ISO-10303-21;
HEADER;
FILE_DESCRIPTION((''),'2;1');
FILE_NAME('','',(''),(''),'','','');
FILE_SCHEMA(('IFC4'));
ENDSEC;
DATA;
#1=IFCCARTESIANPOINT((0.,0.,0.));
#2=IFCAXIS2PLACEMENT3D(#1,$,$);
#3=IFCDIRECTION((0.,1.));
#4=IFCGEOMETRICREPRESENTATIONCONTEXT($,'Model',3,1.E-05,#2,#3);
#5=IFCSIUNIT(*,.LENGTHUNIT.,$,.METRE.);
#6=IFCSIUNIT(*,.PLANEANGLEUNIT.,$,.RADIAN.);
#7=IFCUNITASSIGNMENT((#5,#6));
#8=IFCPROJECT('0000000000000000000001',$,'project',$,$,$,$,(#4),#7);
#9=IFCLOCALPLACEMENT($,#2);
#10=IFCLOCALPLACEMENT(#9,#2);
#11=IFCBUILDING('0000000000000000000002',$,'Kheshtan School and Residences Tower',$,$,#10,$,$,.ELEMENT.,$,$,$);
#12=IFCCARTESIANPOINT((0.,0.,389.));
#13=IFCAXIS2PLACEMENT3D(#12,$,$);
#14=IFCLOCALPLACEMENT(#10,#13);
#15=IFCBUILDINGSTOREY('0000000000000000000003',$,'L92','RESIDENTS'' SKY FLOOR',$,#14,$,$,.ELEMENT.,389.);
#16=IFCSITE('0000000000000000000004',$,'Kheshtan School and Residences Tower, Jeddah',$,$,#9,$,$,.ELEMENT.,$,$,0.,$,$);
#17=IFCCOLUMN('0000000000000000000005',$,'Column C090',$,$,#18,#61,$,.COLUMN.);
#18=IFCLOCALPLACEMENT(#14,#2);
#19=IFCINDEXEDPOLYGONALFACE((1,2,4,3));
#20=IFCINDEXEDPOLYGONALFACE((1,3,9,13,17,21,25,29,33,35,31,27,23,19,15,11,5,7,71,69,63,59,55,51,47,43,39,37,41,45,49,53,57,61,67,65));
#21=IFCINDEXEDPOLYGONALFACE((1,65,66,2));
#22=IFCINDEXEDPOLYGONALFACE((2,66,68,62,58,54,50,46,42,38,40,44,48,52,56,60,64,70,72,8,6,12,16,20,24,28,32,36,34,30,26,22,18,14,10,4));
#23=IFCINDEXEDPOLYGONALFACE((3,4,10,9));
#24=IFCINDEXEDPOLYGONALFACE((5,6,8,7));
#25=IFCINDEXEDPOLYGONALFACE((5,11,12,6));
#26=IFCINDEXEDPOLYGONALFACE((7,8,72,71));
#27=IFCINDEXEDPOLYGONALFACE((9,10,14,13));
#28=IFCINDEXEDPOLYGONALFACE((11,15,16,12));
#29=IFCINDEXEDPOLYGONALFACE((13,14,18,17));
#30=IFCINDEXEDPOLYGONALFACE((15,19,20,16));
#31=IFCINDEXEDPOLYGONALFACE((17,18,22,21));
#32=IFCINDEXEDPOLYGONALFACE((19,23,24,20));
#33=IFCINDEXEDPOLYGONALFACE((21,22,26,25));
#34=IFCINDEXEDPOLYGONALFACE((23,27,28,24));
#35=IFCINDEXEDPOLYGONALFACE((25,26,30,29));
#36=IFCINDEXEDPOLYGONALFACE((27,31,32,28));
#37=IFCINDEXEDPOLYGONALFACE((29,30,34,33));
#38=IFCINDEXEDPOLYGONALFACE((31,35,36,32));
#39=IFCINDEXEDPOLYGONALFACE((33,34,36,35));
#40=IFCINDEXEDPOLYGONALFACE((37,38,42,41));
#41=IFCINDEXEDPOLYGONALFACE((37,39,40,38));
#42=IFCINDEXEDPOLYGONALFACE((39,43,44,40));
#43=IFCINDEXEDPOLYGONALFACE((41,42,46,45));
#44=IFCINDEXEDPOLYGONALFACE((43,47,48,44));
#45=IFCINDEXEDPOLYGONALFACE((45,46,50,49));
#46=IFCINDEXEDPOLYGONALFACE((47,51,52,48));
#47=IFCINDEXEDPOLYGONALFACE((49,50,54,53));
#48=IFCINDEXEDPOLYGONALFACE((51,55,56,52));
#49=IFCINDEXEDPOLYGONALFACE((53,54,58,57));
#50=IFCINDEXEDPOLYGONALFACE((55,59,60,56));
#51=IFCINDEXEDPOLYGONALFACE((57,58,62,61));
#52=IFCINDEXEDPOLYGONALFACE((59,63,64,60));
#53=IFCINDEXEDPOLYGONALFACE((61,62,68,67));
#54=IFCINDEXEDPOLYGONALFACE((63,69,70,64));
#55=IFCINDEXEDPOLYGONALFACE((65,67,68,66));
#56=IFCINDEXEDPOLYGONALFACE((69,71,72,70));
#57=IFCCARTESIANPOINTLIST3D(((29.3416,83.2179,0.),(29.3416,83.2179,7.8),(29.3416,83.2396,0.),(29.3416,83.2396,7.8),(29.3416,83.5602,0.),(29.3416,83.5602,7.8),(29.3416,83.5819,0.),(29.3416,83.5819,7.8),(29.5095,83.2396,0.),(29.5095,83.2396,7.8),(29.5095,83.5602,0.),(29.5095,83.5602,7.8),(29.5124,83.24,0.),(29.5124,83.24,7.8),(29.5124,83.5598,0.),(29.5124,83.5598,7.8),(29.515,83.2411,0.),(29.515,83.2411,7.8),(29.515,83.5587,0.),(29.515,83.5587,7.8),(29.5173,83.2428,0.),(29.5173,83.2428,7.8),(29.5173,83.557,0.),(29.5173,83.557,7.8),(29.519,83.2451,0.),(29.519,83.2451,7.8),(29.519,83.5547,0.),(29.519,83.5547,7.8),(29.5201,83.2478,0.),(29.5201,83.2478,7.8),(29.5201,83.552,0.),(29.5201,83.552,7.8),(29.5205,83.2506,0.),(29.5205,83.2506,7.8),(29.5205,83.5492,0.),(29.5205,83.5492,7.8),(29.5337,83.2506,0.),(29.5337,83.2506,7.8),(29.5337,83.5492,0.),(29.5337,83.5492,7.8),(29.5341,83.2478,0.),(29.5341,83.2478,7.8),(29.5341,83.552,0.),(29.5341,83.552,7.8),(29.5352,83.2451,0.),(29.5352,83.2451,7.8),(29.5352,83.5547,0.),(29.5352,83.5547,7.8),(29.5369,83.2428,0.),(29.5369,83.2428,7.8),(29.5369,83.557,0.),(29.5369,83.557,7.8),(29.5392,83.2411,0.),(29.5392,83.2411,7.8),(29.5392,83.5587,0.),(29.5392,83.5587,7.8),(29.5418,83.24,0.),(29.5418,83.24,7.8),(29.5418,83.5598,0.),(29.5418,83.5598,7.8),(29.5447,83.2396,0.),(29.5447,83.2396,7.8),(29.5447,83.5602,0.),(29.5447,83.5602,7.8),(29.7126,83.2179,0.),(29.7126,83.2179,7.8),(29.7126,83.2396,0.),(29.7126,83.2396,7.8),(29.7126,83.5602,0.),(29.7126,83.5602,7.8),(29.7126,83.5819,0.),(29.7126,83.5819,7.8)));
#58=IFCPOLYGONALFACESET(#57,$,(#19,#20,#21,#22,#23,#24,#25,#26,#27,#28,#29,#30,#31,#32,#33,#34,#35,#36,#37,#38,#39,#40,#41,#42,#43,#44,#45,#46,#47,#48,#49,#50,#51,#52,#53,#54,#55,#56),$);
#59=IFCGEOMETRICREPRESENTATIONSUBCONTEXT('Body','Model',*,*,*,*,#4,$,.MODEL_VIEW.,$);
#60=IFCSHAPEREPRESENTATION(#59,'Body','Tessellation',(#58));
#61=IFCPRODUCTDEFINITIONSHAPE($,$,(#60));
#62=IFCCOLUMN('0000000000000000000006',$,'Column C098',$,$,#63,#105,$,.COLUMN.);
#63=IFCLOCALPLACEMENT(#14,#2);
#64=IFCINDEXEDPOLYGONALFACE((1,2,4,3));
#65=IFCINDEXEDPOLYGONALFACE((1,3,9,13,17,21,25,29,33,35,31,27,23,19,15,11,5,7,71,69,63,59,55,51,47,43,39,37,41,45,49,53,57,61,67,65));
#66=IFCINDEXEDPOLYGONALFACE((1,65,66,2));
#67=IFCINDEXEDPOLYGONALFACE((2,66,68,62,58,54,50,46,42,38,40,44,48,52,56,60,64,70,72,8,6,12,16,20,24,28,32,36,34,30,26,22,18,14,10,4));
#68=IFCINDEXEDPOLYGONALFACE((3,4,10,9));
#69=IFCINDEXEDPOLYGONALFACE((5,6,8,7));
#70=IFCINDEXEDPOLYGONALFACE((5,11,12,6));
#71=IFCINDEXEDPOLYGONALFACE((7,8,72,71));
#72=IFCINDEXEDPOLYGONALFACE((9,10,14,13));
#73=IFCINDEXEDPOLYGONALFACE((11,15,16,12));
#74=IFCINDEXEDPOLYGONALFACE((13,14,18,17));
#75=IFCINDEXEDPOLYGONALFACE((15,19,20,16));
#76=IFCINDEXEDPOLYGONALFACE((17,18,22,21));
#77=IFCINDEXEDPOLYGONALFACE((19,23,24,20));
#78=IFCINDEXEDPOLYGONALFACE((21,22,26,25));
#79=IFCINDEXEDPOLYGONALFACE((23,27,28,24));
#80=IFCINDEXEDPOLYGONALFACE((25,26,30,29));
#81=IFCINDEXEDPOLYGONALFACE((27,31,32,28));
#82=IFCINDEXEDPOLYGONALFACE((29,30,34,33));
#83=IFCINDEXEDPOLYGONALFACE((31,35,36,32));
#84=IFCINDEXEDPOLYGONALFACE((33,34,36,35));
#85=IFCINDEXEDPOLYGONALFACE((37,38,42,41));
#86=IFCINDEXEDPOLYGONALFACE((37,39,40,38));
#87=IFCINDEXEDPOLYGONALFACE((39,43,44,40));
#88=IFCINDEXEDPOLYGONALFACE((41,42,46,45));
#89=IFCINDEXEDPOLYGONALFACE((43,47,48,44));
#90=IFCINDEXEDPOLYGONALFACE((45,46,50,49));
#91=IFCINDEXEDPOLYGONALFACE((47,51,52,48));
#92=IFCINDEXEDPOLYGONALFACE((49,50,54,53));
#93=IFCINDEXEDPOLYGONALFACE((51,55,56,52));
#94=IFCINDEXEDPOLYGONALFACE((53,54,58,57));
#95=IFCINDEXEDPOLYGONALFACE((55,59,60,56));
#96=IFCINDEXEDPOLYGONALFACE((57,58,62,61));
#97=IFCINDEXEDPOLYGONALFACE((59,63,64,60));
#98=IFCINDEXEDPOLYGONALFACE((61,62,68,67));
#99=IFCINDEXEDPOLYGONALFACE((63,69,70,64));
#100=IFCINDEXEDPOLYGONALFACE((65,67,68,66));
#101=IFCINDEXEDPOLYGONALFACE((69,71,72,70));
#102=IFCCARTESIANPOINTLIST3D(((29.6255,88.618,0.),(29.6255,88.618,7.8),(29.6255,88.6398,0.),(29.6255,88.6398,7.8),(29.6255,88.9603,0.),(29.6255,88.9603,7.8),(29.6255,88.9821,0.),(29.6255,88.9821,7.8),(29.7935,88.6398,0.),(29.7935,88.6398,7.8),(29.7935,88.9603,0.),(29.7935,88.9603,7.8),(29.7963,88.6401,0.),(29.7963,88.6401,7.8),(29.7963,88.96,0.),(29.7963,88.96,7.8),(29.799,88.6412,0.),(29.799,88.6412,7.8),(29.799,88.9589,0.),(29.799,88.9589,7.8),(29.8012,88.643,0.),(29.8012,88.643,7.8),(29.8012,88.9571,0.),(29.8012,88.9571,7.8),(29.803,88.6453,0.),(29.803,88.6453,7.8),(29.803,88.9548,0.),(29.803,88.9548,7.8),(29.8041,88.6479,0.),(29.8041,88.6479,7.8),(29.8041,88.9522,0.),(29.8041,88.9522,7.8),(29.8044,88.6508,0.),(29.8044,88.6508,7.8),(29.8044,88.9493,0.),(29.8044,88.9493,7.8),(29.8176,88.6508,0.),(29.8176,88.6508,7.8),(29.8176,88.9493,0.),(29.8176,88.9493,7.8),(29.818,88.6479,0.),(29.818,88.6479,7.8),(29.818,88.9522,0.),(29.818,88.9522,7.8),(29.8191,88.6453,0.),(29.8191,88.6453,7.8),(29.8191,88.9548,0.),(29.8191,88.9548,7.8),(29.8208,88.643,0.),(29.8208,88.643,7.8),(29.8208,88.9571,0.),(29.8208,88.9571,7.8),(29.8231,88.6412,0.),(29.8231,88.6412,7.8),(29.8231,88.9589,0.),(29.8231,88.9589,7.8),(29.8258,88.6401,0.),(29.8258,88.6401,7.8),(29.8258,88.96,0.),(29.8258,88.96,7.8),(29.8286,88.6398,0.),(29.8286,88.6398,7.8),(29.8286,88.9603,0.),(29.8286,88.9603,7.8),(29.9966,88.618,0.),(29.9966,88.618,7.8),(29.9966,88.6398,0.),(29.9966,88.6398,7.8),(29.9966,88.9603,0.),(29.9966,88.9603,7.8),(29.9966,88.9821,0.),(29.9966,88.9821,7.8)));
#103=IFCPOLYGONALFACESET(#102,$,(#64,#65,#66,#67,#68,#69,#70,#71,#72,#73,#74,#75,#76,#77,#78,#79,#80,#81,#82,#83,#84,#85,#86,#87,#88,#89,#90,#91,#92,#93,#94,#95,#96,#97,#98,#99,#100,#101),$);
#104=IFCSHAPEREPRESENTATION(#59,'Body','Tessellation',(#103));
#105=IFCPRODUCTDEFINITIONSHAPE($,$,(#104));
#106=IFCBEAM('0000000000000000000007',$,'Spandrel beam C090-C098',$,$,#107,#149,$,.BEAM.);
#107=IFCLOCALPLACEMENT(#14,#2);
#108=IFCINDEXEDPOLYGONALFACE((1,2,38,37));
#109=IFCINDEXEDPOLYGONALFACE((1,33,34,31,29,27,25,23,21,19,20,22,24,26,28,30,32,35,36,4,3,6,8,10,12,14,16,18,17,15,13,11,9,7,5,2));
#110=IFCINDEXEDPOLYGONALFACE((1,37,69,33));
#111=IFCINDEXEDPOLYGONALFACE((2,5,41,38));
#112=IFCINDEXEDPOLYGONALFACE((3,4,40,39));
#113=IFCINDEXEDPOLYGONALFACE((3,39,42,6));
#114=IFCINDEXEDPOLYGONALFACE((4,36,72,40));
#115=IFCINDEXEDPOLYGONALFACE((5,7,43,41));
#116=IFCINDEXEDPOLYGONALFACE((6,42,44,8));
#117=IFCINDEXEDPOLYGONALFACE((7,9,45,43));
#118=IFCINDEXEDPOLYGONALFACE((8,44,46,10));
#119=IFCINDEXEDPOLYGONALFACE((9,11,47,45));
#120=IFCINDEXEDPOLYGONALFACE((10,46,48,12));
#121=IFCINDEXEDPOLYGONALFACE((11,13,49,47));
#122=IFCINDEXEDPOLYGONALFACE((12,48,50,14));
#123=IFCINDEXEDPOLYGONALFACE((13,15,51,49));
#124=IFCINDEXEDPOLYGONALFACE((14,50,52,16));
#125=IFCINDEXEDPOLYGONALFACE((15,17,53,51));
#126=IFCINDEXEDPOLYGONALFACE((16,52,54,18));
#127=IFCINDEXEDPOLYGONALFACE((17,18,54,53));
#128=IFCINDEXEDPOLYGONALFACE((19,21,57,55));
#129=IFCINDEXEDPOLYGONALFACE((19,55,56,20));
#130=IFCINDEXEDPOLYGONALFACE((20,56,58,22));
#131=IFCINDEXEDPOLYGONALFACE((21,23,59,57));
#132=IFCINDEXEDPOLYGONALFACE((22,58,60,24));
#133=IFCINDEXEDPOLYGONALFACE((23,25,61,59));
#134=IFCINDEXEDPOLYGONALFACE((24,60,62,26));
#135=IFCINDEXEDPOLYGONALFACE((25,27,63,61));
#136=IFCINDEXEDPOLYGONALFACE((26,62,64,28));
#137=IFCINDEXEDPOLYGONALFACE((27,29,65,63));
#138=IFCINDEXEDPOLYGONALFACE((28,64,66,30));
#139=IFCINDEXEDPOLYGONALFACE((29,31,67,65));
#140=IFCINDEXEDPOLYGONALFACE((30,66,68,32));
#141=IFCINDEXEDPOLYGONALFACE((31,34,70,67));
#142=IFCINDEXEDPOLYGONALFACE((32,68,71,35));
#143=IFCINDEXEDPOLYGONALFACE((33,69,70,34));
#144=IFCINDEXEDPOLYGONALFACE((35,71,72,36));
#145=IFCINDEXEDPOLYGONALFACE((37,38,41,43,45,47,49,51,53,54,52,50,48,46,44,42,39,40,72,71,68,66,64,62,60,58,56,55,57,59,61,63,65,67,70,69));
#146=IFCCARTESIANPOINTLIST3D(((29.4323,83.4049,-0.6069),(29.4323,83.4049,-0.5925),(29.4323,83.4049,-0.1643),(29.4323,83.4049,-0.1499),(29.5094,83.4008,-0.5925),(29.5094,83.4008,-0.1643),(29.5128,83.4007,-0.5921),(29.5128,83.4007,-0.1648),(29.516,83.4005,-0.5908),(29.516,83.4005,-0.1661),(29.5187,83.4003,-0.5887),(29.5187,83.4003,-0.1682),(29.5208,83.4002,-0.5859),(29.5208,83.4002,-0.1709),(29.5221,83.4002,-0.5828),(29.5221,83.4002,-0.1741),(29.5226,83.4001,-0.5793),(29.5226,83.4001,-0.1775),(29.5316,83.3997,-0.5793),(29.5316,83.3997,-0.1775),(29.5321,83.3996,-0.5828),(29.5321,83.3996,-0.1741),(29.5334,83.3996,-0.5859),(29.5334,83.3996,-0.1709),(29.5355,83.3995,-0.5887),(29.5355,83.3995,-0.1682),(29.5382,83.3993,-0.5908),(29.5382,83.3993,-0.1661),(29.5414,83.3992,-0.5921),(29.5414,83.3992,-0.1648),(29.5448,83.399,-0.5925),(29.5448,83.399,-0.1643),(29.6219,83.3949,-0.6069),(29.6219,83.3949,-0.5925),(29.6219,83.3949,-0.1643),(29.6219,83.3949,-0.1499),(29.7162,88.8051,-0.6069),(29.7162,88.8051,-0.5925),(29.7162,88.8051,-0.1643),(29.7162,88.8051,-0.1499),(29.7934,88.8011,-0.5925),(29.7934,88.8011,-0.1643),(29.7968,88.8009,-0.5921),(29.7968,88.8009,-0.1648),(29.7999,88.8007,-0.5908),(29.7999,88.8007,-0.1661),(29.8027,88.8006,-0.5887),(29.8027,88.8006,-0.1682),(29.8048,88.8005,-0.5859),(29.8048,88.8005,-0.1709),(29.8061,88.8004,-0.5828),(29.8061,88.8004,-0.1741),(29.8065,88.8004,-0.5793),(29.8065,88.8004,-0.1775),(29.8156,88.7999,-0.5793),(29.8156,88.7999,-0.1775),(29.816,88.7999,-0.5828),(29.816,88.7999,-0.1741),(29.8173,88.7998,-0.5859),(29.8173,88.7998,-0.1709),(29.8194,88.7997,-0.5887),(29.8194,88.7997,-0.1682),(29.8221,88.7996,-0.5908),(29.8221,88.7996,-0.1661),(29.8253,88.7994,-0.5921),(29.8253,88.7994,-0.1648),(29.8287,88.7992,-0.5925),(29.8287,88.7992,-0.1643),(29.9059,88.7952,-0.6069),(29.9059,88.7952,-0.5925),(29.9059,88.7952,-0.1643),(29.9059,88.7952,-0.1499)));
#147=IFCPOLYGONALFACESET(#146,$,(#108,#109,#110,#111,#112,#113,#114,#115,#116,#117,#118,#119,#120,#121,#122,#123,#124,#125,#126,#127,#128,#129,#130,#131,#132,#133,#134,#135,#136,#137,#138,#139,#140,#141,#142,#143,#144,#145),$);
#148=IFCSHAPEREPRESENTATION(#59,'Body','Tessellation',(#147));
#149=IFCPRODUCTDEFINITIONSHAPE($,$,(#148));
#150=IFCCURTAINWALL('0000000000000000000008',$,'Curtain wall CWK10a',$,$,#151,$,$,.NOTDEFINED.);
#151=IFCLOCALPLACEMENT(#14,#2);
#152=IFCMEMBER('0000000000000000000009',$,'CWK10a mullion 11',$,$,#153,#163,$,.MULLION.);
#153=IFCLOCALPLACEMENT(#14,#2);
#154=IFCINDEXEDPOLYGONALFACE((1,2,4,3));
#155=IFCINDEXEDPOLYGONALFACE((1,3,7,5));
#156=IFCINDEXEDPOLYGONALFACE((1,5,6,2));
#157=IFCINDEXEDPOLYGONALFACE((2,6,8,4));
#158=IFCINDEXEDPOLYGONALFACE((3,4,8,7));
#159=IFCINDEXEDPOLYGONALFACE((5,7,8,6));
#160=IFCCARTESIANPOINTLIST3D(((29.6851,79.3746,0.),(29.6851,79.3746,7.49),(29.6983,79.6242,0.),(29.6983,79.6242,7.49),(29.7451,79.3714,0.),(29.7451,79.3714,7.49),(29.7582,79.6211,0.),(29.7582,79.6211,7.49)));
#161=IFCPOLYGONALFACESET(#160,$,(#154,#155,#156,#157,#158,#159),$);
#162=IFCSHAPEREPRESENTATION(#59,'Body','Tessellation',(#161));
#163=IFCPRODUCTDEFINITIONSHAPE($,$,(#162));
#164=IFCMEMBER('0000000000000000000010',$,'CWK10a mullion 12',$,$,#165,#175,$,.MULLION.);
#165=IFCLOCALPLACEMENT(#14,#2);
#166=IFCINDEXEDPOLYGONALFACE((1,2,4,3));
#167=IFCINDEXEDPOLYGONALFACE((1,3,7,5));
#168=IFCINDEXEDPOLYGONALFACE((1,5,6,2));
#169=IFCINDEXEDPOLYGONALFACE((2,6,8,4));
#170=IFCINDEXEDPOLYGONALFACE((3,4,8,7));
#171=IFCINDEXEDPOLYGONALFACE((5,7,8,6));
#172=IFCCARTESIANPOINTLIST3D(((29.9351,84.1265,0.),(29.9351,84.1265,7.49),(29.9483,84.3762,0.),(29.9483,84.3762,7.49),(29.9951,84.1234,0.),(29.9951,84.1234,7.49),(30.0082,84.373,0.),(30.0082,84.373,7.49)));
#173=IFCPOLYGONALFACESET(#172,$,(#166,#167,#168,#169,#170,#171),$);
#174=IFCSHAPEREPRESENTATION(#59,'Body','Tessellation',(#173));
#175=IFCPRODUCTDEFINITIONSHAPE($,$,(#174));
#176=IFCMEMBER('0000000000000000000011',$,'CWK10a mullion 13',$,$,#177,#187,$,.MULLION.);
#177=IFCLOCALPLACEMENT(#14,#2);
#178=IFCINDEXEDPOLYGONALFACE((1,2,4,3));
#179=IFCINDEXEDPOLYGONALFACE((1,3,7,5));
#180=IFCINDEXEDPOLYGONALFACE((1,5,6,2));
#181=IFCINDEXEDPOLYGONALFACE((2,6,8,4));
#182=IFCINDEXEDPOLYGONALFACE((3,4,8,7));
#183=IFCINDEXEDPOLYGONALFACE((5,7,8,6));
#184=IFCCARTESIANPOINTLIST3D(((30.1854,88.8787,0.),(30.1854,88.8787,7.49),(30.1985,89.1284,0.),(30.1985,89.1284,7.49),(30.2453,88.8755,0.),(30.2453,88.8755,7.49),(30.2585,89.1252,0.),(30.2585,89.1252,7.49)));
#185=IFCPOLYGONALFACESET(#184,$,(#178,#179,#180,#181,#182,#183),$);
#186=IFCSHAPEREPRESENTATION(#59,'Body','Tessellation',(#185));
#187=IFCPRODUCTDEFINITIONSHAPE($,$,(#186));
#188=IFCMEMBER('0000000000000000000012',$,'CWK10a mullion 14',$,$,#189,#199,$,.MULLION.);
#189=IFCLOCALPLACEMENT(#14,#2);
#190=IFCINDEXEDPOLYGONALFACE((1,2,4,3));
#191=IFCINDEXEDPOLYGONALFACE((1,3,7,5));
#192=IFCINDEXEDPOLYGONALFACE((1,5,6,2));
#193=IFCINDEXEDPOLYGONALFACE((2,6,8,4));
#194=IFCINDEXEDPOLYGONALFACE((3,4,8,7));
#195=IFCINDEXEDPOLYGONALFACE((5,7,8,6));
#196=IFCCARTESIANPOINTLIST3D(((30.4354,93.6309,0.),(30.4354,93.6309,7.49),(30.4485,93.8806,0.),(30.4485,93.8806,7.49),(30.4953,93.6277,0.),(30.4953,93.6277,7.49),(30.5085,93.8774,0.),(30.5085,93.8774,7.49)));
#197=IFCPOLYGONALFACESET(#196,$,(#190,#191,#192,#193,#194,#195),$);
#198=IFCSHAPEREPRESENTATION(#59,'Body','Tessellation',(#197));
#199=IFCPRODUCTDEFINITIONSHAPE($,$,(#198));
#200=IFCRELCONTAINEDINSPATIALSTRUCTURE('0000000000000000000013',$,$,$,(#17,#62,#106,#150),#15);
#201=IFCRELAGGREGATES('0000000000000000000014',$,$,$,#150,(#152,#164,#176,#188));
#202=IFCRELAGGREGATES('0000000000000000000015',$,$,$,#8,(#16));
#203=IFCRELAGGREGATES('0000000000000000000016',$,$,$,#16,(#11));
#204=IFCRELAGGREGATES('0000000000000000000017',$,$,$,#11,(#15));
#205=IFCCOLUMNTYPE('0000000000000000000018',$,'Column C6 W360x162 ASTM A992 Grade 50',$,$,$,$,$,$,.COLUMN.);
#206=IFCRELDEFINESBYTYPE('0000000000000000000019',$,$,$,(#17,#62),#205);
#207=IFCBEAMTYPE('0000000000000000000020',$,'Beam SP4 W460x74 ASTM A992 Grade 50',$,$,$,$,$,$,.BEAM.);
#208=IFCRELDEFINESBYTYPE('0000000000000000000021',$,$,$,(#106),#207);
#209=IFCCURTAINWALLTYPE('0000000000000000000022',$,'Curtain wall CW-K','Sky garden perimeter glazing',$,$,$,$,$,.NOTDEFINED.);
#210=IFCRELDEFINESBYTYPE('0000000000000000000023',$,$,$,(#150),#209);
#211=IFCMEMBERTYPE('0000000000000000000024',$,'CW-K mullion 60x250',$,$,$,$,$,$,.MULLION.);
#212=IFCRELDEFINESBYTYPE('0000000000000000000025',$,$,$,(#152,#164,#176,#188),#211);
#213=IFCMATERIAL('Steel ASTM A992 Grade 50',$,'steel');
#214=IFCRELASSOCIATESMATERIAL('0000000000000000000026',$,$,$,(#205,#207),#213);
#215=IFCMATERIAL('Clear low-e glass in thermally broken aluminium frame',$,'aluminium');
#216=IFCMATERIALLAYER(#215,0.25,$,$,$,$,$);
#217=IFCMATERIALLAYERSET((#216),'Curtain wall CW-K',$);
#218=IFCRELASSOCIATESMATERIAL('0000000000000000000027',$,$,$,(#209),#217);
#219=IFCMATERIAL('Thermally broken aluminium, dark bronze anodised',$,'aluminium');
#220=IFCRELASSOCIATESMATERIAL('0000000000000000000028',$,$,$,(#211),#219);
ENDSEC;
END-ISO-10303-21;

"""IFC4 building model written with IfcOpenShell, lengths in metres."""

from ifc_helpers import new_model, si_unit, direction, frame, origin, origin_2d, place, context, subcontext, project, spatial, rectangle, i_section, extrude, material, layer, layer_set, material_profile, profile_set, type_object, element, aggregate, save


model = new_model("IFC4")

# Units and contexts
model_context = context("Model", 3, precision=1e-05, world=origin(), true_north=direction((0.0, 1.0)))
body_context = subcontext(model_context, "Body", "Model", "MODEL_VIEW")
ifc_project = project(units=[si_unit("LENGTHUNIT", "METRE"), si_unit("PLANEANGLEUNIT", "RADIAN")], contexts=[model_context])

# Site, building, storey
site_placement = place(None, origin())
site = spatial("IfcSite", under=ifc_project, at=site_placement, Name="Kheshtan School and Residences Tower, Jeddah", CompositionType="ELEMENT", RefElevation=0.0)
building_placement = place(site_placement, origin())
building = spatial("IfcBuilding", under=site, at=building_placement, Name="Kheshtan School and Residences Tower", CompositionType="ELEMENT")
storey_placement = place(building_placement, frame((0.0, 0.0, 389.0)))
storey = spatial("IfcBuildingStorey", under=building, at=storey_placement, Name="L92", Description="RESIDENTS' SKY FLOOR", CompositionType="ELEMENT", Elevation=389.0)

# Columns
ifc_material_1 = material(Name="Steel ASTM A992 Grade 50", Category="steel")
ifc_material_profile_1 = material_profile(ifc_material_1, i_section(OverallWidth=0.3711, OverallDepth=0.364, WebThickness=0.0132, FlangeThickness=0.0217, FilletRadius=0.011, at=origin_2d()), Name="W360x162")
ifc_profile_set_1 = profile_set([ifc_material_profile_1], Name="Steel ASTM A992 Grade 50")
column_type = type_object("IfcColumnType", Name="Column C6 W360x162 ASTM A992 Grade 50", PredefinedType="COLUMN", material=ifc_profile_set_1)
for number, where, z_axis, x_axis, name in (
    (1, (29.5271, 83.3999, 0.0), (0.0, 0.0, 1.0), (1.0, 0.0, 0.0), "Column C090"),
    (2, (29.811, 88.8, 0.0), (0.0, 0.0, 1.0), (1.0, 0.0, 0.0), "Column C098"),
):
    element("IfcColumn", number, at=place(storey_placement, frame(where, z_axis=z_axis, x_axis=x_axis)), inside=storey, type_object=column_type, Name=name, PredefinedType="COLUMN", context=body_context, shape_type="SweptSolid", body=[
        extrude(i_section(OverallWidth=0.3711, OverallDepth=0.364, WebThickness=0.0132, FlangeThickness=0.0217, FilletRadius=0.011, at=origin_2d()), origin(), (0.0, 0.0, 1.0), 7.8),
    ])

# Beam
ifc_material_profile_2 = material_profile(ifc_material_1, i_section(OverallWidth=0.1899, OverallDepth=0.457, WebThickness=0.009, FlangeThickness=0.0144, FilletRadius=0.0132, at=origin_2d()), Name="W460x74")
ifc_profile_set_2 = profile_set([ifc_material_profile_2], Name="Steel ASTM A992 Grade 50")
beam_type_1 = type_object("IfcBeamType", Name="Beam SP4 W460x74 ASTM A992 Grade 50", PredefinedType="BEAM", material=ifc_profile_set_2)
beam_1_placement = place(storey_placement, frame((29.5271, 83.3999, -0.3784), z_axis=(0.052507, 0.998621, 0.0), x_axis=(-0.998621, 0.052507, 0.0)))
element("IfcBeam", 3, at=beam_1_placement, inside=storey, type_object=beam_type_1, Name="Spandrel beam C090-C098", PredefinedType="BEAM", context=body_context, shape_type="SweptSolid", body=[
    extrude(i_section(OverallWidth=0.1899, OverallDepth=0.457, WebThickness=0.009, FlangeThickness=0.0144, FilletRadius=0.0132, at=origin_2d()), origin(), (0.0, 0.0, 1.0), 5.4077),
])

# Curtain wall, members
ifc_material_2 = material(Name="Clear low-e glass in thermally broken aluminium frame", Category="aluminium")
ifc_layer_1 = layer(ifc_material_2, 0.25)
ifc_layer_set_1 = layer_set([ifc_layer_1], Name="Curtain wall CW-K")
curtain_wall_type = type_object("IfcCurtainWallType", Name="Curtain wall CW-K", Description="Sky garden perimeter glazing", PredefinedType="NOTDEFINED", material=ifc_layer_set_1)
curtain_wall_placement = place(storey_placement, origin())
curtain_wall = element("IfcCurtainWall", 4, at=curtain_wall_placement, inside=storey, type_object=curtain_wall_type, Name="Curtain wall CWK10a", PredefinedType="NOTDEFINED")
ifc_material_3 = material(Name="Thermally broken aluminium, dark bronze anodised", Category="aluminium")
ifc_material_profile_3 = material_profile(ifc_material_3, rectangle(XDim=0.0601, YDim=0.25, at=origin_2d()), Name="CW-K mullion 60x250")
ifc_profile_set_3 = profile_set([ifc_material_profile_3], Name="Thermally broken aluminium, dark bronze anodised")
member_type = type_object("IfcMemberType", Name="CW-K mullion 60x250", PredefinedType="MULLION", material=ifc_profile_set_3)
member_1_placement = place(storey_placement, frame((29.7217, 79.4978, 0.0), z_axis=(0.0, 0.0, 1.0), x_axis=(-0.998617, 0.052565, 0.0)))
member_1 = element("IfcMember", 5, at=member_1_placement, type_object=member_type, Name="CWK10a mullion 11", PredefinedType="MULLION", context=body_context, shape_type="SweptSolid", body=[
    extrude(rectangle(XDim=0.0601, YDim=0.25, at=origin_2d()), origin(), (0.0, 0.0, 1.0), 7.49),
])
member_2_placement = place(storey_placement, frame((29.9717, 84.2498, 0.0), z_axis=(0.0, 0.0, 1.0), x_axis=(-0.998617, 0.052565, 0.0)))
member_2 = element("IfcMember", 6, at=member_2_placement, type_object=member_type, Name="CWK10a mullion 12", PredefinedType="MULLION", context=body_context, shape_type="SweptSolid", body=[
    extrude(rectangle(XDim=0.0601, YDim=0.25, at=origin_2d()), origin(), (0.0, 0.0, 1.0), 7.49),
])
member_3_placement = place(storey_placement, frame((30.2219, 89.002, 0.0), z_axis=(0.0, 0.0, 1.0), x_axis=(-0.998617, 0.052565, 0.0)))
member_3 = element("IfcMember", 7, at=member_3_placement, type_object=member_type, Name="CWK10a mullion 13", PredefinedType="MULLION", context=body_context, shape_type="SweptSolid", body=[
    extrude(rectangle(XDim=0.0601, YDim=0.25, at=origin_2d()), origin(), (0.0, 0.0, 1.0), 7.49),
])
member_4_placement = place(storey_placement, frame((30.4719, 93.7542, 0.0), z_axis=(0.0, 0.0, 1.0), x_axis=(-0.998617, 0.052565, 0.0)))
member_4 = element("IfcMember", 8, at=member_4_placement, type_object=member_type, Name="CWK10a mullion 14", PredefinedType="MULLION", context=body_context, shape_type="SweptSolid", body=[
    extrude(rectangle(XDim=0.0601, YDim=0.25, at=origin_2d()), origin(), (0.0, 0.0, 1.0), 7.49),
])

aggregate(curtain_wall, [member_1, member_2, member_3, member_4])

save(model, "model.ifc")
